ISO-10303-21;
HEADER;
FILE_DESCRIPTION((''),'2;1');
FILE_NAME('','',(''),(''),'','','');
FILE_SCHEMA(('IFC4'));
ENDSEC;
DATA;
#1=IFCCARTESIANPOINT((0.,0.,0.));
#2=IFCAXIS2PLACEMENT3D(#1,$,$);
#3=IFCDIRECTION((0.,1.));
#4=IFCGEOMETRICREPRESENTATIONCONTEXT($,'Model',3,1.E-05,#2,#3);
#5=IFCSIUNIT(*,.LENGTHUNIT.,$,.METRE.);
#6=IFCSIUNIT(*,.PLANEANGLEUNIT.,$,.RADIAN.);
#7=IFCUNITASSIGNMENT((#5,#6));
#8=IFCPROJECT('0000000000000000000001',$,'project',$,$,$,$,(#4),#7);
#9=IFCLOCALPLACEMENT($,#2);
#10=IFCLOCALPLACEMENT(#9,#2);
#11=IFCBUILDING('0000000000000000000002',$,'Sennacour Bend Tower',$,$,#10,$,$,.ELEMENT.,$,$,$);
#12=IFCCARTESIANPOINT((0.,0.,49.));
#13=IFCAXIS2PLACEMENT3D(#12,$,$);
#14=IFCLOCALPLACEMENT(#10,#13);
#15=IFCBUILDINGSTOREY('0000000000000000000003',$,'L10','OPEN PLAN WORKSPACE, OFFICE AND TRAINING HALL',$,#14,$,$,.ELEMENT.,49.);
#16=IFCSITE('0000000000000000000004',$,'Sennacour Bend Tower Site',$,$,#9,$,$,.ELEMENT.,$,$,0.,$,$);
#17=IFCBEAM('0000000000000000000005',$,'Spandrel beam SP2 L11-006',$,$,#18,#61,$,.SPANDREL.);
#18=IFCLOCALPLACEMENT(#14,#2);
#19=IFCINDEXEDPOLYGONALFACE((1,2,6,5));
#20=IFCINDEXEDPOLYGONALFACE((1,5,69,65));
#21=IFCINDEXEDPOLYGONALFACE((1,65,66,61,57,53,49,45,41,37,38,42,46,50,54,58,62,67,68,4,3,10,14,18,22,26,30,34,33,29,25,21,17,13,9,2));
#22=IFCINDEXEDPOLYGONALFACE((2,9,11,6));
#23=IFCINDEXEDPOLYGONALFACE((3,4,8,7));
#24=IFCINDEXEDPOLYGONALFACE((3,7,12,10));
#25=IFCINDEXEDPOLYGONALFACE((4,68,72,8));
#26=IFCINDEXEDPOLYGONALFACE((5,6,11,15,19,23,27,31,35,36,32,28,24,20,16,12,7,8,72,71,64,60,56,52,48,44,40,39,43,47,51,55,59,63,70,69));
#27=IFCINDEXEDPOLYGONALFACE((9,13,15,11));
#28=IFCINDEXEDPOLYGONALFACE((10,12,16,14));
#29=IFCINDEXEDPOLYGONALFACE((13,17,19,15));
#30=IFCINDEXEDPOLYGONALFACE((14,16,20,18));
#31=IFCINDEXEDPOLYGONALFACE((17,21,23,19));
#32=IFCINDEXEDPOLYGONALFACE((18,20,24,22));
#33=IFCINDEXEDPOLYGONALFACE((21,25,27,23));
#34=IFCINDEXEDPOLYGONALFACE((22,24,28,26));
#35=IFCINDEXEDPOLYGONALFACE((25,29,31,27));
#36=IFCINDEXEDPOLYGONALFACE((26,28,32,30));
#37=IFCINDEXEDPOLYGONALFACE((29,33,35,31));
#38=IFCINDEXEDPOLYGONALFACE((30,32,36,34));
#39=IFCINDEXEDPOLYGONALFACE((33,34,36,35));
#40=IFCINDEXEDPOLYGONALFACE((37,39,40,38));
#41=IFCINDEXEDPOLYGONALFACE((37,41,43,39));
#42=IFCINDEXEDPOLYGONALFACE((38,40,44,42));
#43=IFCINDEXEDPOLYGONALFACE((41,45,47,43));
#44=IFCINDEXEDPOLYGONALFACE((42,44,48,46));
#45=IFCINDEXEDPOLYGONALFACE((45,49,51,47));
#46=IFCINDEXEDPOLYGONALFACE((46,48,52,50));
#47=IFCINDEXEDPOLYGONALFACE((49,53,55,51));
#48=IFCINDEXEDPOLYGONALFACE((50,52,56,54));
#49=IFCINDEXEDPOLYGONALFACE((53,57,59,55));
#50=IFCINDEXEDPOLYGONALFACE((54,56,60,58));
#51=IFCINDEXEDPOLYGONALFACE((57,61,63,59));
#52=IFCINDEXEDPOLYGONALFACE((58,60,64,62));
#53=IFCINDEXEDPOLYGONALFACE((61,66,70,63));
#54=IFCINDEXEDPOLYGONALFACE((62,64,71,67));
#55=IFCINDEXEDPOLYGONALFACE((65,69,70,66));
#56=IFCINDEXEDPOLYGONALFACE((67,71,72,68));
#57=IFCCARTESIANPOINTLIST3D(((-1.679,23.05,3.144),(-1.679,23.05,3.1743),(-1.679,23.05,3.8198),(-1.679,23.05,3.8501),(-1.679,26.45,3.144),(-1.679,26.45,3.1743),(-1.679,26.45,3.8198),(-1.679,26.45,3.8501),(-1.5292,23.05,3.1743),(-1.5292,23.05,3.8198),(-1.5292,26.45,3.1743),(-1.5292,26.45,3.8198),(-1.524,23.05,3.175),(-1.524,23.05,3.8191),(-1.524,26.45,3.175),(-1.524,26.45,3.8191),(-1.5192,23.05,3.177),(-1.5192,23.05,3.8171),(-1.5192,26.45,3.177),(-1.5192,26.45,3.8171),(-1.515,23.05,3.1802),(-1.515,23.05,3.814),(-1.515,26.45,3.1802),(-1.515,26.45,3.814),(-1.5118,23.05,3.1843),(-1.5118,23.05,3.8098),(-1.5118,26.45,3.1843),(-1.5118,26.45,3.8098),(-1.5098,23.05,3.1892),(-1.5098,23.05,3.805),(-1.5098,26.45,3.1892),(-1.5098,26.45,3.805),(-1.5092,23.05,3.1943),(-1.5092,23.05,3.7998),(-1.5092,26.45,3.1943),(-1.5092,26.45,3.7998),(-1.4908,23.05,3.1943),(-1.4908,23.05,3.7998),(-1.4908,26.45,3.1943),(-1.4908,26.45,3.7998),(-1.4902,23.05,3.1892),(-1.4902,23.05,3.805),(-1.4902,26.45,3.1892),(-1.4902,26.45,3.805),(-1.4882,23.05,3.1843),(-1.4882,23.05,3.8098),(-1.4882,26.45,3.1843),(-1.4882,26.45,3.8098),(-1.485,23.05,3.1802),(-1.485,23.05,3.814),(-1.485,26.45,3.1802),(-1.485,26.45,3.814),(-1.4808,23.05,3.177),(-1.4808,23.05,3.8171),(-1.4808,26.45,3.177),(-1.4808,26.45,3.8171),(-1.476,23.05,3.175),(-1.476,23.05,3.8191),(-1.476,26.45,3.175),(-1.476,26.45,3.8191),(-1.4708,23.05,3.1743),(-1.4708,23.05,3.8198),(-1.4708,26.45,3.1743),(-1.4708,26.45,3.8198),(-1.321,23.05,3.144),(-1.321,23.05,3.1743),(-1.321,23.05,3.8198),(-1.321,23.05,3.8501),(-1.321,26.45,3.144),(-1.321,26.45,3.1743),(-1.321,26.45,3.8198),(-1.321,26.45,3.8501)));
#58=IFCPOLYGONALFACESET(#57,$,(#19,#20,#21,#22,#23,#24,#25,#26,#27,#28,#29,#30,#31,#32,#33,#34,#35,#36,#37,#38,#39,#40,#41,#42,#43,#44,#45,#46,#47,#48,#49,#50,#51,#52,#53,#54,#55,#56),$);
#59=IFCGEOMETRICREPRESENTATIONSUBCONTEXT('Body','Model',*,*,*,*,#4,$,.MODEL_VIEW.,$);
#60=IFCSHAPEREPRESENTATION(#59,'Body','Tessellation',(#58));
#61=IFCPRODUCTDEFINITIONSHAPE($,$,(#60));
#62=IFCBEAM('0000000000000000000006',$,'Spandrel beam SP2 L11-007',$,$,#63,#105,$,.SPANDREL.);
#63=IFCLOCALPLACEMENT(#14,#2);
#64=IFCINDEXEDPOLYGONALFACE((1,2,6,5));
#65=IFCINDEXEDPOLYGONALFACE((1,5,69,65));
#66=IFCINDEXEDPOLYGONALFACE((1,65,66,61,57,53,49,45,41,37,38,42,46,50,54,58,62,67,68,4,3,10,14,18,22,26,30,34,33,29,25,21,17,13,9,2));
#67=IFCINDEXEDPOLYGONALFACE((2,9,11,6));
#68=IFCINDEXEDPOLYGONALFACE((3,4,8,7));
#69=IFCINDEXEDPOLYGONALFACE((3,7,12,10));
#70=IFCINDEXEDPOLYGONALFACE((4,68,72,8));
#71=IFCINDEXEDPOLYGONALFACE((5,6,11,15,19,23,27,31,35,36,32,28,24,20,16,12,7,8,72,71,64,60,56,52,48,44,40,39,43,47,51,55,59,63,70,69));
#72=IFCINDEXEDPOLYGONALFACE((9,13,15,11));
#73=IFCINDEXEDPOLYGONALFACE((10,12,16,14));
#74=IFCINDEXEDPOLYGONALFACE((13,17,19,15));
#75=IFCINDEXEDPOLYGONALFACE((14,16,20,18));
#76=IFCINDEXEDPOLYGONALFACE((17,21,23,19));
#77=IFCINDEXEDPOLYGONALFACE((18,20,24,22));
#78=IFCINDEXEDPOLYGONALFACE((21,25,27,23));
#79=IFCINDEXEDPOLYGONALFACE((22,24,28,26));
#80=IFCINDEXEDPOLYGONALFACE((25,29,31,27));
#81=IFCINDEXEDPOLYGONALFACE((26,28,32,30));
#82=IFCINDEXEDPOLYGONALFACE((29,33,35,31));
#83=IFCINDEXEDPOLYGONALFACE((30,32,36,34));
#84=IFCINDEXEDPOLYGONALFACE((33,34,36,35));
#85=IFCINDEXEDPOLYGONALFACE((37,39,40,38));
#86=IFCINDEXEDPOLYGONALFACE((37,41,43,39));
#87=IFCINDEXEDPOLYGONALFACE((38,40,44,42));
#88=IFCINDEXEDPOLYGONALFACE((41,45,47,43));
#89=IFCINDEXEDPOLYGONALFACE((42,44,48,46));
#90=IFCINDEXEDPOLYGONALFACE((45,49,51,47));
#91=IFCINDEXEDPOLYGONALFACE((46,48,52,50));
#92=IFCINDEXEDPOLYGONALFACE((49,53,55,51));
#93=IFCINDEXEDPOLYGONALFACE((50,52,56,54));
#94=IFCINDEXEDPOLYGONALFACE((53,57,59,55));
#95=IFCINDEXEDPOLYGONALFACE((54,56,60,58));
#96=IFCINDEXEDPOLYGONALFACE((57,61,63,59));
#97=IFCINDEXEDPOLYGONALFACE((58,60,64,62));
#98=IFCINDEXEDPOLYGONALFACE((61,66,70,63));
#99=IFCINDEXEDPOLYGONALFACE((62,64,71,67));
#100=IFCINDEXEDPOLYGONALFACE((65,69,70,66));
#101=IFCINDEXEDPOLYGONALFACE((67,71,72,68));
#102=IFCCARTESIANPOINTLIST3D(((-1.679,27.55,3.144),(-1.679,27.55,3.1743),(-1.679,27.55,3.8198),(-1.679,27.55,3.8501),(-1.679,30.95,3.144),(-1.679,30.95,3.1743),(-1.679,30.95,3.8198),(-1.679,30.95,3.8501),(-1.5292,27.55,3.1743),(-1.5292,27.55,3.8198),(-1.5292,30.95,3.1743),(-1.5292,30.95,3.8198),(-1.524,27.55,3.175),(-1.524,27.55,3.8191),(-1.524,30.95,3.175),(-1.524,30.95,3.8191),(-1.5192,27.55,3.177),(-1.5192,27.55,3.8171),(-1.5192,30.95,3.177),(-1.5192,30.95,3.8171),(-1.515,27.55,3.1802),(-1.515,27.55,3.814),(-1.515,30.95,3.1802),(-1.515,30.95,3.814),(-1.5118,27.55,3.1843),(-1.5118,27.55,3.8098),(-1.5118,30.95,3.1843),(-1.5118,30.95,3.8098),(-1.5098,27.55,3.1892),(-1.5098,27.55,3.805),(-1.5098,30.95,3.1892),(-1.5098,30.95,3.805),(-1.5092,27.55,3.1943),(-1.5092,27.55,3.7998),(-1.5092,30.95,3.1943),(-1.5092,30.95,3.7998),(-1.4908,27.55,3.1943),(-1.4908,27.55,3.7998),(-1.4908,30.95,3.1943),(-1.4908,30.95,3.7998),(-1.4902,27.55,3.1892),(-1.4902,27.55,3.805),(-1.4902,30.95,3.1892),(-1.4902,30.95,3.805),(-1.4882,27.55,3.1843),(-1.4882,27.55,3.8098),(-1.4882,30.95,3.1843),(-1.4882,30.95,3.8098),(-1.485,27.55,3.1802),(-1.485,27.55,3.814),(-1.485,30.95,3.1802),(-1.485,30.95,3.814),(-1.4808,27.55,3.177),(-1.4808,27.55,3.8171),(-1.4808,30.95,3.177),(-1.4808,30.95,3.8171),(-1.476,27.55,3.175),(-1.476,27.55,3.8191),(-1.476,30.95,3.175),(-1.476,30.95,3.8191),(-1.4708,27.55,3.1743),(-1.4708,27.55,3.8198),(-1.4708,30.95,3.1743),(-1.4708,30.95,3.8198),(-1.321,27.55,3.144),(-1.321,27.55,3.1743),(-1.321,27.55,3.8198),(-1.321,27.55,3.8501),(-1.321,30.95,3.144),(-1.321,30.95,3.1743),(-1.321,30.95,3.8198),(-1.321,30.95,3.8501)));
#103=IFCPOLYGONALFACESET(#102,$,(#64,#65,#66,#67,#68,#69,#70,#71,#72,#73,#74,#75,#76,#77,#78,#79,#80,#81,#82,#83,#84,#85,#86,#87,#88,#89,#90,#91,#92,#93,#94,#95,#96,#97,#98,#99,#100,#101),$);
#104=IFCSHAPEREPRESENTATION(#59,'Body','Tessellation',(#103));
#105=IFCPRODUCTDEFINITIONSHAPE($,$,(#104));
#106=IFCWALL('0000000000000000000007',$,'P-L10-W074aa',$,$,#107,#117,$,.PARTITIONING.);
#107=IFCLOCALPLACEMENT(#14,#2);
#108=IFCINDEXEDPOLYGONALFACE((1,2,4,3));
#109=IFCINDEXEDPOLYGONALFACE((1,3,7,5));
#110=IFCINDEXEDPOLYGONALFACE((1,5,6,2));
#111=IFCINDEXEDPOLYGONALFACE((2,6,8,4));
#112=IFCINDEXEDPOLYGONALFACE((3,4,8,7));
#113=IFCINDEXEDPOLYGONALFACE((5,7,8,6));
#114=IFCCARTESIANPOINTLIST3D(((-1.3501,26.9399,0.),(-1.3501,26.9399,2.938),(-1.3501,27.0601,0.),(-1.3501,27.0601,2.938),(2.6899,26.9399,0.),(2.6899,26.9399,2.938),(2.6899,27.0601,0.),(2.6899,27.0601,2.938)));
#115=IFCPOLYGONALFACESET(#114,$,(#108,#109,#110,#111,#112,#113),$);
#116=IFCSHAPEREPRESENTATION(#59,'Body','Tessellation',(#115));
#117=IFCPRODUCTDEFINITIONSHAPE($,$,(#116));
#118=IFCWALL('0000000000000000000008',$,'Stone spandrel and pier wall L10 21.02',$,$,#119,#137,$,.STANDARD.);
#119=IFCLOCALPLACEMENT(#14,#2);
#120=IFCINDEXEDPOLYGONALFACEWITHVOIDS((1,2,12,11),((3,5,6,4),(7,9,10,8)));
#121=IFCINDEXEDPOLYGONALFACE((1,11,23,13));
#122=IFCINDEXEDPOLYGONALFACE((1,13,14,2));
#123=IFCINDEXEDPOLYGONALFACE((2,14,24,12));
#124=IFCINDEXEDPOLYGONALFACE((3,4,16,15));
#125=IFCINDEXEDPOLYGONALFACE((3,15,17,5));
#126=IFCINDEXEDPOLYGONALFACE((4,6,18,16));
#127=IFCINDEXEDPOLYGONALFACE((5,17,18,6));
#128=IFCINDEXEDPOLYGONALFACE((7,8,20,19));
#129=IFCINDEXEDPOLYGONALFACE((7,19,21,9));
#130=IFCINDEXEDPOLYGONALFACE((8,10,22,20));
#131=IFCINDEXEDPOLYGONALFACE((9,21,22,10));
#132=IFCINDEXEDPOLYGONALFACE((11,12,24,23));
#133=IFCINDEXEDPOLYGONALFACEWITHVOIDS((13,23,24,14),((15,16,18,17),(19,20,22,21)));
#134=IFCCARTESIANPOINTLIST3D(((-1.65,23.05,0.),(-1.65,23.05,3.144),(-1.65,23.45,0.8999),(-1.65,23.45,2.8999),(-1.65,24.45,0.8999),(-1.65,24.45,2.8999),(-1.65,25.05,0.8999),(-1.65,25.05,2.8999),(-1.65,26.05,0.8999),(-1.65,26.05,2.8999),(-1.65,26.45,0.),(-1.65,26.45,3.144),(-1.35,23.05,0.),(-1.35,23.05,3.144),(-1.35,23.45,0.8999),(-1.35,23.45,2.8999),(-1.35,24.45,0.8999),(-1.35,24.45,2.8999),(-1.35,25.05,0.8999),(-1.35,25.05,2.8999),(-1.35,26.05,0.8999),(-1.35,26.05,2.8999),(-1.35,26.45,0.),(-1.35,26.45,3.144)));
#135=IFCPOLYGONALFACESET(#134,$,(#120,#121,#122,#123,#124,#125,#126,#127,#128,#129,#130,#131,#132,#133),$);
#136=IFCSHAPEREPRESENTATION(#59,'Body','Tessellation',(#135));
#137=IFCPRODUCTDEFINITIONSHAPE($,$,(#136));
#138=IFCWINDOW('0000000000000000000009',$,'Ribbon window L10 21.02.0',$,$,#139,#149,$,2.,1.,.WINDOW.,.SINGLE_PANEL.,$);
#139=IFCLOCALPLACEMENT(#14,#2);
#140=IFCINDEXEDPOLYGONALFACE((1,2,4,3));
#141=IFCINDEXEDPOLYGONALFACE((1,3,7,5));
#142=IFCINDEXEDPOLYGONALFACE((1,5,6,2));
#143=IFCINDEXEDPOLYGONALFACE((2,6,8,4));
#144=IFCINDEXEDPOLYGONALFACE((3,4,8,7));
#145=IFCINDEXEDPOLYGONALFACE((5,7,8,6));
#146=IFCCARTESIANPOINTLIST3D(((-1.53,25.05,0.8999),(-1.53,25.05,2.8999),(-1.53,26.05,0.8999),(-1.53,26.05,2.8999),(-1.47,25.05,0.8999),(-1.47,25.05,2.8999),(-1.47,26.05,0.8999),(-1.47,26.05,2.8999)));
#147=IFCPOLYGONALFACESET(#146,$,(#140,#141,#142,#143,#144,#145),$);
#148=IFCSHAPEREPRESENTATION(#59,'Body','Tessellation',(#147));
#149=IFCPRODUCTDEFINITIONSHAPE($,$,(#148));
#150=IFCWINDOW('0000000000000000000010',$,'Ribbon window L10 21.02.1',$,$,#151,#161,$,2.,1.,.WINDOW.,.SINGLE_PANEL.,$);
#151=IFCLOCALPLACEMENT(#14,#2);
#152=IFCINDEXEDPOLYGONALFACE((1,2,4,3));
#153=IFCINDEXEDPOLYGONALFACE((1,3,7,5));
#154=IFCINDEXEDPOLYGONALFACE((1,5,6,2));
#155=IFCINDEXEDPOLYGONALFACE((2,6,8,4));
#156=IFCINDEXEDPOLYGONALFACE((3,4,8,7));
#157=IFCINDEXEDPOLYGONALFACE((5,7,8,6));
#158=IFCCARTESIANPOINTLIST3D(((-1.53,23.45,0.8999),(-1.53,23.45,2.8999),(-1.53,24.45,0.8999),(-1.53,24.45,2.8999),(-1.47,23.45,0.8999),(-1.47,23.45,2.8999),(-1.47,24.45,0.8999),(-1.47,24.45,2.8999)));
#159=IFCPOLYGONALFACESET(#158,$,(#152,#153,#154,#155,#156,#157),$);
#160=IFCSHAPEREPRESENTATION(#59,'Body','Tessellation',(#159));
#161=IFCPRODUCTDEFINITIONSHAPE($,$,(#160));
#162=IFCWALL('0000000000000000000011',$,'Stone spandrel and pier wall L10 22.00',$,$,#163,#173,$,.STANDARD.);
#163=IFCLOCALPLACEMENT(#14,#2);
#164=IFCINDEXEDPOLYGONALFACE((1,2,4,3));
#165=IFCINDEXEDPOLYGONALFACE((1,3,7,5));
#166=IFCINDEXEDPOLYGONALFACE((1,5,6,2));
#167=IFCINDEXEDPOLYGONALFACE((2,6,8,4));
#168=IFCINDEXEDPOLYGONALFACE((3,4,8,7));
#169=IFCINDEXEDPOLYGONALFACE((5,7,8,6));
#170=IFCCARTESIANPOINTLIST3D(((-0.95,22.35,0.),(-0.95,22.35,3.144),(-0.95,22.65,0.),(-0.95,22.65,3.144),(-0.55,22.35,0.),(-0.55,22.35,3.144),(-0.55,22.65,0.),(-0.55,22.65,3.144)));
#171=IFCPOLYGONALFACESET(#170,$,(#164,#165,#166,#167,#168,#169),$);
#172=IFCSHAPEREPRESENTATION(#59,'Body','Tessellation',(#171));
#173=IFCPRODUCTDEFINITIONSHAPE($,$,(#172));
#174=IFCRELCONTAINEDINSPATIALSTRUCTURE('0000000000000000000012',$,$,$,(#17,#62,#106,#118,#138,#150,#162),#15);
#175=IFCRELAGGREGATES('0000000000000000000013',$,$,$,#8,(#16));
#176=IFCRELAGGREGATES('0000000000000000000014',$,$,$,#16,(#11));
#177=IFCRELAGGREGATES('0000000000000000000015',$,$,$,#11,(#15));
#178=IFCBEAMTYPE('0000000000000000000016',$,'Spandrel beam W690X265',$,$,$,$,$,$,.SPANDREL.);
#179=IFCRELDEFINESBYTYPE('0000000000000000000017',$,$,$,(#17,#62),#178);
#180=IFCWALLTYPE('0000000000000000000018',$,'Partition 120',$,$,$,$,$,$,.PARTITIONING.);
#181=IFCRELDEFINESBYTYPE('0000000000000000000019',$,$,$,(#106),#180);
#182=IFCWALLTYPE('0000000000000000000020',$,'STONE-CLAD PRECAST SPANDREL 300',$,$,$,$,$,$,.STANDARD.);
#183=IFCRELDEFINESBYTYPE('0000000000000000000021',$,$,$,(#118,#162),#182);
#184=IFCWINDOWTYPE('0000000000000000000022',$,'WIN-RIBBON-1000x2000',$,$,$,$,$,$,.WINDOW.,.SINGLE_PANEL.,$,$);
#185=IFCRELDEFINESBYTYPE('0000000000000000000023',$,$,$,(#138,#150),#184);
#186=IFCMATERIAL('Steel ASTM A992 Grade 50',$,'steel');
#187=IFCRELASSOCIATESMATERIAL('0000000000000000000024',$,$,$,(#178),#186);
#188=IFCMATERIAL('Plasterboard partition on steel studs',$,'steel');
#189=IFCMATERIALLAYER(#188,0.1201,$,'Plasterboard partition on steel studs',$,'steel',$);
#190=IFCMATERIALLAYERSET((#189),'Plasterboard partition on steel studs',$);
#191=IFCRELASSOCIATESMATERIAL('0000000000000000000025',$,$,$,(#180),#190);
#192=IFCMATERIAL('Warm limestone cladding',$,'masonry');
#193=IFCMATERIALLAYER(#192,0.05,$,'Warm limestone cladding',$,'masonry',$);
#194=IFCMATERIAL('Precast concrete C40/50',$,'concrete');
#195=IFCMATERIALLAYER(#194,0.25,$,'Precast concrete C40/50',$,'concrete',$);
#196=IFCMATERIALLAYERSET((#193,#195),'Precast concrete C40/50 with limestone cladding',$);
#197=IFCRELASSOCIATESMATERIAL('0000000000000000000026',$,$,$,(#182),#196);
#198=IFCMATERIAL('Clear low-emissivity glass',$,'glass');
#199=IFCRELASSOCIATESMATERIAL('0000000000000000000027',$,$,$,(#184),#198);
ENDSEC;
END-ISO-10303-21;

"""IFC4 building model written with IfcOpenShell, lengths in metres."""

from ifc_helpers import new_model, si_unit, direction, frame, frame_2d, origin, origin_2d, place, context, subcontext, project, spatial, rectangle, i_section, extrude, material, layer, layer_set, material_profile, profile_set, type_object, element, fill, save


model = new_model("IFC4")

# Units and contexts
model_context = context("Model", 3, precision=1e-05, world=origin(), true_north=direction((0.0, 1.0)))
body_context = subcontext(model_context, "Body", "Model", "MODEL_VIEW")
ifc_project = project(units=[si_unit("LENGTHUNIT", "METRE"), si_unit("PLANEANGLEUNIT", "RADIAN")], contexts=[model_context])

# Site, building, storey
site_placement = place(None, origin())
site = spatial("IfcSite", under=ifc_project, at=site_placement, Name="Sennacour Bend Tower Site", CompositionType="ELEMENT", RefElevation=0.0)
building_placement = place(site_placement, origin())
building = spatial("IfcBuilding", under=site, at=building_placement, Name="Sennacour Bend Tower", CompositionType="ELEMENT")
storey_placement = place(building_placement, frame((0.0, 0.0, 49.0)))
storey = spatial("IfcBuildingStorey", under=building, at=storey_placement, Name="L10", Description="OPEN PLAN WORKSPACE, OFFICE AND TRAINING HALL", CompositionType="ELEMENT", Elevation=49.0)

# Beams
ifc_material_1 = material(Name="Steel ASTM A992 Grade 50", Category="steel")
ifc_material_profile_1 = material_profile(ifc_material_1, i_section(OverallWidth=0.3579, OverallDepth=0.7061, WebThickness=0.0183, FlangeThickness=0.0303, FilletRadius=0.02, at=origin_2d()), Name="Steel ASTM A992 Grade 50", Category="steel")
ifc_profile_set_1 = profile_set([ifc_material_profile_1], Name="Steel ASTM A992 Grade 50")
beam_type_1 = type_object("IfcBeamType", Name="Spandrel beam W690X265", PredefinedType="SPANDREL", material=ifc_profile_set_1)
for number, where, z_axis, x_axis, name in (
    (1, (-1.5, 23.05, 3.4971), (0.0, 1.0, 0.0), (-1.0, 0.0, 0.0), "Spandrel beam SP2 L11-006"),
    (2, (-1.5, 27.55, 3.4971), (0.0, 1.0, 0.0), (-1.0, 0.0, 0.0), "Spandrel beam SP2 L11-007"),
):
    element("IfcBeam", number, at=place(storey_placement, frame(where, z_axis=z_axis, x_axis=x_axis)), inside=storey, type_object=beam_type_1, Name=name, PredefinedType="SPANDREL", context=body_context, shape_type="SweptSolid", body=[
        extrude(i_section(OverallWidth=0.3579, OverallDepth=0.7061, WebThickness=0.0183, FlangeThickness=0.0303, FilletRadius=0.02, at=origin_2d()), origin(), (0.0, 0.0, 1.0), 3.3999),
    ])

# Wall
ifc_material_2 = material(Name="Plasterboard partition on steel studs", Category="steel")
ifc_layer_1 = layer(ifc_material_2, 0.1201, Name="Plasterboard partition on steel studs", Category="steel")
ifc_layer_set_1 = layer_set([ifc_layer_1], Name="Plasterboard partition on steel studs")
wall_type_1 = type_object("IfcWallType", Name="Partition 120", PredefinedType="PARTITIONING", material=ifc_layer_set_1)
wall_1_placement = place(storey_placement, frame((-1.3501, 27.0, 0.0), z_axis=(0.0, 0.0, 1.0), x_axis=(1.0, 0.0, 0.0)))
element("IfcWall", 3, at=wall_1_placement, inside=storey, type_object=wall_type_1, Name="P-L10-W074aa", PredefinedType="PARTITIONING", context=body_context, shape_type="SweptSolid", body=[
    extrude(rectangle(XDim=4.04, YDim=0.1201, at=frame_2d((2.02, 0.0))), origin(), (0.0, 0.0, 1.0), 2.938),
])

# Wall, openings, windows
ifc_material_3 = material(Name="Warm limestone cladding", Category="masonry")
ifc_layer_2 = layer(ifc_material_3, 0.05, Name="Warm limestone cladding", Category="masonry")
ifc_material_4 = material(Name="Precast concrete C40/50", Category="concrete")
ifc_layer_3 = layer(ifc_material_4, 0.25, Name="Precast concrete C40/50", Category="concrete")
ifc_layer_set_2 = layer_set([ifc_layer_2, ifc_layer_3], Name="Precast concrete C40/50 with limestone cladding")
wall_type_2 = type_object("IfcWallType", Name="STONE-CLAD PRECAST SPANDREL 300", PredefinedType="STANDARD", material=ifc_layer_set_2)
wall_2_placement = place(storey_placement, frame((-1.5, 26.45, 0.0), z_axis=(0.0, 0.0, 1.0), x_axis=(0.0, -1.0, 0.0)))
wall_2 = element("IfcWall", 4, at=wall_2_placement, inside=storey, type_object=wall_type_2, Name="Stone spandrel and pier wall L10 21.02", PredefinedType="STANDARD", context=body_context, shape_type="SweptSolid", body=[
    extrude(rectangle(XDim=3.3999, YDim=0.3, at=frame_2d((1.7, 0.0))), origin(), (0.0, 0.0, 1.0), 3.144),
])
opening_1_placement = place(wall_2_placement, frame((0.3999, 0.0, 0.8999)))
opening_1 = element("IfcOpeningElement", 5, at=opening_1_placement, cuts=wall_2, PredefinedType="OPENING", context=body_context, shape_type="SweptSolid", body=[
    extrude(rectangle(XDim=1.0, YDim=2.0, at=frame_2d((0.5, 1.0))), frame((0.0, 0.1602, 0.0), z_axis=(0.0, -1.0, 0.0), x_axis=(1.0, 0.0, 0.0)), (0.0, 0.0, 1.0), 0.3201),
])
opening_2_placement = place(wall_2_placement, frame((2.0, 0.0, 0.8999)))
opening_2 = element("IfcOpeningElement", 6, at=opening_2_placement, cuts=wall_2, PredefinedType="OPENING", context=body_context, shape_type="SweptSolid", body=[
    extrude(rectangle(XDim=1.0, YDim=2.0, at=frame_2d((0.5, 1.0))), frame((0.0, 0.1602, 0.0), z_axis=(0.0, -1.0, 0.0), x_axis=(1.0, 0.0, 0.0)), (0.0, 0.0, 1.0), 0.3201),
])
ifc_material_5 = material(Name="Clear low-emissivity glass", Category="glass")
window_type = type_object("IfcWindowType", Name="WIN-RIBBON-1000x2000", PartitioningType="SINGLE_PANEL", PredefinedType="WINDOW", material=ifc_material_5)
window_1_placement = place(opening_1_placement, origin())
window_1 = element("IfcWindow", 7, at=window_1_placement, inside=storey, type_object=window_type, Name="Ribbon window L10 21.02.0", OverallHeight=2.0, OverallWidth=1.0, PartitioningType="SINGLE_PANEL", PredefinedType="WINDOW", context=body_context, shape_type="SweptSolid", body=[
    extrude(rectangle(XDim=1.0, YDim=2.0, at=frame_2d((0.5, 1.0))), frame((0.0, 0.03, 0.0), z_axis=(0.0, -1.0, 0.0), x_axis=(1.0, 0.0, 0.0)), (0.0, 0.0, 1.0), 0.0601),
])
fill(opening_1, window_1)
window_2_placement = place(opening_2_placement, origin())
window_2 = element("IfcWindow", 8, at=window_2_placement, inside=storey, type_object=window_type, Name="Ribbon window L10 21.02.1", OverallHeight=2.0, OverallWidth=1.0, PartitioningType="SINGLE_PANEL", PredefinedType="WINDOW", context=body_context, shape_type="SweptSolid", body=[
    extrude(rectangle(XDim=1.0, YDim=2.0, at=frame_2d((0.5, 1.0))), frame((0.0, 0.03, 0.0), z_axis=(0.0, -1.0, 0.0), x_axis=(1.0, 0.0, 0.0)), (0.0, 0.0, 1.0), 0.0601),
])
fill(opening_2, window_2)

# Wall
wall_3_placement = place(storey_placement, frame((-0.95, 22.5, 0.0), z_axis=(0.0, 0.0, 1.0), x_axis=(1.0, 0.0, 0.0)))
element("IfcWall", 9, at=wall_3_placement, inside=storey, type_object=wall_type_2, Name="Stone spandrel and pier wall L10 22.00", PredefinedType="STANDARD", context=body_context, shape_type="SweptSolid", body=[
    extrude(rectangle(XDim=0.3999, YDim=0.3, at=frame_2d((0.2, 0.0))), origin(), (0.0, 0.0, 1.0), 3.144),
])

save(model, "model.ifc")
